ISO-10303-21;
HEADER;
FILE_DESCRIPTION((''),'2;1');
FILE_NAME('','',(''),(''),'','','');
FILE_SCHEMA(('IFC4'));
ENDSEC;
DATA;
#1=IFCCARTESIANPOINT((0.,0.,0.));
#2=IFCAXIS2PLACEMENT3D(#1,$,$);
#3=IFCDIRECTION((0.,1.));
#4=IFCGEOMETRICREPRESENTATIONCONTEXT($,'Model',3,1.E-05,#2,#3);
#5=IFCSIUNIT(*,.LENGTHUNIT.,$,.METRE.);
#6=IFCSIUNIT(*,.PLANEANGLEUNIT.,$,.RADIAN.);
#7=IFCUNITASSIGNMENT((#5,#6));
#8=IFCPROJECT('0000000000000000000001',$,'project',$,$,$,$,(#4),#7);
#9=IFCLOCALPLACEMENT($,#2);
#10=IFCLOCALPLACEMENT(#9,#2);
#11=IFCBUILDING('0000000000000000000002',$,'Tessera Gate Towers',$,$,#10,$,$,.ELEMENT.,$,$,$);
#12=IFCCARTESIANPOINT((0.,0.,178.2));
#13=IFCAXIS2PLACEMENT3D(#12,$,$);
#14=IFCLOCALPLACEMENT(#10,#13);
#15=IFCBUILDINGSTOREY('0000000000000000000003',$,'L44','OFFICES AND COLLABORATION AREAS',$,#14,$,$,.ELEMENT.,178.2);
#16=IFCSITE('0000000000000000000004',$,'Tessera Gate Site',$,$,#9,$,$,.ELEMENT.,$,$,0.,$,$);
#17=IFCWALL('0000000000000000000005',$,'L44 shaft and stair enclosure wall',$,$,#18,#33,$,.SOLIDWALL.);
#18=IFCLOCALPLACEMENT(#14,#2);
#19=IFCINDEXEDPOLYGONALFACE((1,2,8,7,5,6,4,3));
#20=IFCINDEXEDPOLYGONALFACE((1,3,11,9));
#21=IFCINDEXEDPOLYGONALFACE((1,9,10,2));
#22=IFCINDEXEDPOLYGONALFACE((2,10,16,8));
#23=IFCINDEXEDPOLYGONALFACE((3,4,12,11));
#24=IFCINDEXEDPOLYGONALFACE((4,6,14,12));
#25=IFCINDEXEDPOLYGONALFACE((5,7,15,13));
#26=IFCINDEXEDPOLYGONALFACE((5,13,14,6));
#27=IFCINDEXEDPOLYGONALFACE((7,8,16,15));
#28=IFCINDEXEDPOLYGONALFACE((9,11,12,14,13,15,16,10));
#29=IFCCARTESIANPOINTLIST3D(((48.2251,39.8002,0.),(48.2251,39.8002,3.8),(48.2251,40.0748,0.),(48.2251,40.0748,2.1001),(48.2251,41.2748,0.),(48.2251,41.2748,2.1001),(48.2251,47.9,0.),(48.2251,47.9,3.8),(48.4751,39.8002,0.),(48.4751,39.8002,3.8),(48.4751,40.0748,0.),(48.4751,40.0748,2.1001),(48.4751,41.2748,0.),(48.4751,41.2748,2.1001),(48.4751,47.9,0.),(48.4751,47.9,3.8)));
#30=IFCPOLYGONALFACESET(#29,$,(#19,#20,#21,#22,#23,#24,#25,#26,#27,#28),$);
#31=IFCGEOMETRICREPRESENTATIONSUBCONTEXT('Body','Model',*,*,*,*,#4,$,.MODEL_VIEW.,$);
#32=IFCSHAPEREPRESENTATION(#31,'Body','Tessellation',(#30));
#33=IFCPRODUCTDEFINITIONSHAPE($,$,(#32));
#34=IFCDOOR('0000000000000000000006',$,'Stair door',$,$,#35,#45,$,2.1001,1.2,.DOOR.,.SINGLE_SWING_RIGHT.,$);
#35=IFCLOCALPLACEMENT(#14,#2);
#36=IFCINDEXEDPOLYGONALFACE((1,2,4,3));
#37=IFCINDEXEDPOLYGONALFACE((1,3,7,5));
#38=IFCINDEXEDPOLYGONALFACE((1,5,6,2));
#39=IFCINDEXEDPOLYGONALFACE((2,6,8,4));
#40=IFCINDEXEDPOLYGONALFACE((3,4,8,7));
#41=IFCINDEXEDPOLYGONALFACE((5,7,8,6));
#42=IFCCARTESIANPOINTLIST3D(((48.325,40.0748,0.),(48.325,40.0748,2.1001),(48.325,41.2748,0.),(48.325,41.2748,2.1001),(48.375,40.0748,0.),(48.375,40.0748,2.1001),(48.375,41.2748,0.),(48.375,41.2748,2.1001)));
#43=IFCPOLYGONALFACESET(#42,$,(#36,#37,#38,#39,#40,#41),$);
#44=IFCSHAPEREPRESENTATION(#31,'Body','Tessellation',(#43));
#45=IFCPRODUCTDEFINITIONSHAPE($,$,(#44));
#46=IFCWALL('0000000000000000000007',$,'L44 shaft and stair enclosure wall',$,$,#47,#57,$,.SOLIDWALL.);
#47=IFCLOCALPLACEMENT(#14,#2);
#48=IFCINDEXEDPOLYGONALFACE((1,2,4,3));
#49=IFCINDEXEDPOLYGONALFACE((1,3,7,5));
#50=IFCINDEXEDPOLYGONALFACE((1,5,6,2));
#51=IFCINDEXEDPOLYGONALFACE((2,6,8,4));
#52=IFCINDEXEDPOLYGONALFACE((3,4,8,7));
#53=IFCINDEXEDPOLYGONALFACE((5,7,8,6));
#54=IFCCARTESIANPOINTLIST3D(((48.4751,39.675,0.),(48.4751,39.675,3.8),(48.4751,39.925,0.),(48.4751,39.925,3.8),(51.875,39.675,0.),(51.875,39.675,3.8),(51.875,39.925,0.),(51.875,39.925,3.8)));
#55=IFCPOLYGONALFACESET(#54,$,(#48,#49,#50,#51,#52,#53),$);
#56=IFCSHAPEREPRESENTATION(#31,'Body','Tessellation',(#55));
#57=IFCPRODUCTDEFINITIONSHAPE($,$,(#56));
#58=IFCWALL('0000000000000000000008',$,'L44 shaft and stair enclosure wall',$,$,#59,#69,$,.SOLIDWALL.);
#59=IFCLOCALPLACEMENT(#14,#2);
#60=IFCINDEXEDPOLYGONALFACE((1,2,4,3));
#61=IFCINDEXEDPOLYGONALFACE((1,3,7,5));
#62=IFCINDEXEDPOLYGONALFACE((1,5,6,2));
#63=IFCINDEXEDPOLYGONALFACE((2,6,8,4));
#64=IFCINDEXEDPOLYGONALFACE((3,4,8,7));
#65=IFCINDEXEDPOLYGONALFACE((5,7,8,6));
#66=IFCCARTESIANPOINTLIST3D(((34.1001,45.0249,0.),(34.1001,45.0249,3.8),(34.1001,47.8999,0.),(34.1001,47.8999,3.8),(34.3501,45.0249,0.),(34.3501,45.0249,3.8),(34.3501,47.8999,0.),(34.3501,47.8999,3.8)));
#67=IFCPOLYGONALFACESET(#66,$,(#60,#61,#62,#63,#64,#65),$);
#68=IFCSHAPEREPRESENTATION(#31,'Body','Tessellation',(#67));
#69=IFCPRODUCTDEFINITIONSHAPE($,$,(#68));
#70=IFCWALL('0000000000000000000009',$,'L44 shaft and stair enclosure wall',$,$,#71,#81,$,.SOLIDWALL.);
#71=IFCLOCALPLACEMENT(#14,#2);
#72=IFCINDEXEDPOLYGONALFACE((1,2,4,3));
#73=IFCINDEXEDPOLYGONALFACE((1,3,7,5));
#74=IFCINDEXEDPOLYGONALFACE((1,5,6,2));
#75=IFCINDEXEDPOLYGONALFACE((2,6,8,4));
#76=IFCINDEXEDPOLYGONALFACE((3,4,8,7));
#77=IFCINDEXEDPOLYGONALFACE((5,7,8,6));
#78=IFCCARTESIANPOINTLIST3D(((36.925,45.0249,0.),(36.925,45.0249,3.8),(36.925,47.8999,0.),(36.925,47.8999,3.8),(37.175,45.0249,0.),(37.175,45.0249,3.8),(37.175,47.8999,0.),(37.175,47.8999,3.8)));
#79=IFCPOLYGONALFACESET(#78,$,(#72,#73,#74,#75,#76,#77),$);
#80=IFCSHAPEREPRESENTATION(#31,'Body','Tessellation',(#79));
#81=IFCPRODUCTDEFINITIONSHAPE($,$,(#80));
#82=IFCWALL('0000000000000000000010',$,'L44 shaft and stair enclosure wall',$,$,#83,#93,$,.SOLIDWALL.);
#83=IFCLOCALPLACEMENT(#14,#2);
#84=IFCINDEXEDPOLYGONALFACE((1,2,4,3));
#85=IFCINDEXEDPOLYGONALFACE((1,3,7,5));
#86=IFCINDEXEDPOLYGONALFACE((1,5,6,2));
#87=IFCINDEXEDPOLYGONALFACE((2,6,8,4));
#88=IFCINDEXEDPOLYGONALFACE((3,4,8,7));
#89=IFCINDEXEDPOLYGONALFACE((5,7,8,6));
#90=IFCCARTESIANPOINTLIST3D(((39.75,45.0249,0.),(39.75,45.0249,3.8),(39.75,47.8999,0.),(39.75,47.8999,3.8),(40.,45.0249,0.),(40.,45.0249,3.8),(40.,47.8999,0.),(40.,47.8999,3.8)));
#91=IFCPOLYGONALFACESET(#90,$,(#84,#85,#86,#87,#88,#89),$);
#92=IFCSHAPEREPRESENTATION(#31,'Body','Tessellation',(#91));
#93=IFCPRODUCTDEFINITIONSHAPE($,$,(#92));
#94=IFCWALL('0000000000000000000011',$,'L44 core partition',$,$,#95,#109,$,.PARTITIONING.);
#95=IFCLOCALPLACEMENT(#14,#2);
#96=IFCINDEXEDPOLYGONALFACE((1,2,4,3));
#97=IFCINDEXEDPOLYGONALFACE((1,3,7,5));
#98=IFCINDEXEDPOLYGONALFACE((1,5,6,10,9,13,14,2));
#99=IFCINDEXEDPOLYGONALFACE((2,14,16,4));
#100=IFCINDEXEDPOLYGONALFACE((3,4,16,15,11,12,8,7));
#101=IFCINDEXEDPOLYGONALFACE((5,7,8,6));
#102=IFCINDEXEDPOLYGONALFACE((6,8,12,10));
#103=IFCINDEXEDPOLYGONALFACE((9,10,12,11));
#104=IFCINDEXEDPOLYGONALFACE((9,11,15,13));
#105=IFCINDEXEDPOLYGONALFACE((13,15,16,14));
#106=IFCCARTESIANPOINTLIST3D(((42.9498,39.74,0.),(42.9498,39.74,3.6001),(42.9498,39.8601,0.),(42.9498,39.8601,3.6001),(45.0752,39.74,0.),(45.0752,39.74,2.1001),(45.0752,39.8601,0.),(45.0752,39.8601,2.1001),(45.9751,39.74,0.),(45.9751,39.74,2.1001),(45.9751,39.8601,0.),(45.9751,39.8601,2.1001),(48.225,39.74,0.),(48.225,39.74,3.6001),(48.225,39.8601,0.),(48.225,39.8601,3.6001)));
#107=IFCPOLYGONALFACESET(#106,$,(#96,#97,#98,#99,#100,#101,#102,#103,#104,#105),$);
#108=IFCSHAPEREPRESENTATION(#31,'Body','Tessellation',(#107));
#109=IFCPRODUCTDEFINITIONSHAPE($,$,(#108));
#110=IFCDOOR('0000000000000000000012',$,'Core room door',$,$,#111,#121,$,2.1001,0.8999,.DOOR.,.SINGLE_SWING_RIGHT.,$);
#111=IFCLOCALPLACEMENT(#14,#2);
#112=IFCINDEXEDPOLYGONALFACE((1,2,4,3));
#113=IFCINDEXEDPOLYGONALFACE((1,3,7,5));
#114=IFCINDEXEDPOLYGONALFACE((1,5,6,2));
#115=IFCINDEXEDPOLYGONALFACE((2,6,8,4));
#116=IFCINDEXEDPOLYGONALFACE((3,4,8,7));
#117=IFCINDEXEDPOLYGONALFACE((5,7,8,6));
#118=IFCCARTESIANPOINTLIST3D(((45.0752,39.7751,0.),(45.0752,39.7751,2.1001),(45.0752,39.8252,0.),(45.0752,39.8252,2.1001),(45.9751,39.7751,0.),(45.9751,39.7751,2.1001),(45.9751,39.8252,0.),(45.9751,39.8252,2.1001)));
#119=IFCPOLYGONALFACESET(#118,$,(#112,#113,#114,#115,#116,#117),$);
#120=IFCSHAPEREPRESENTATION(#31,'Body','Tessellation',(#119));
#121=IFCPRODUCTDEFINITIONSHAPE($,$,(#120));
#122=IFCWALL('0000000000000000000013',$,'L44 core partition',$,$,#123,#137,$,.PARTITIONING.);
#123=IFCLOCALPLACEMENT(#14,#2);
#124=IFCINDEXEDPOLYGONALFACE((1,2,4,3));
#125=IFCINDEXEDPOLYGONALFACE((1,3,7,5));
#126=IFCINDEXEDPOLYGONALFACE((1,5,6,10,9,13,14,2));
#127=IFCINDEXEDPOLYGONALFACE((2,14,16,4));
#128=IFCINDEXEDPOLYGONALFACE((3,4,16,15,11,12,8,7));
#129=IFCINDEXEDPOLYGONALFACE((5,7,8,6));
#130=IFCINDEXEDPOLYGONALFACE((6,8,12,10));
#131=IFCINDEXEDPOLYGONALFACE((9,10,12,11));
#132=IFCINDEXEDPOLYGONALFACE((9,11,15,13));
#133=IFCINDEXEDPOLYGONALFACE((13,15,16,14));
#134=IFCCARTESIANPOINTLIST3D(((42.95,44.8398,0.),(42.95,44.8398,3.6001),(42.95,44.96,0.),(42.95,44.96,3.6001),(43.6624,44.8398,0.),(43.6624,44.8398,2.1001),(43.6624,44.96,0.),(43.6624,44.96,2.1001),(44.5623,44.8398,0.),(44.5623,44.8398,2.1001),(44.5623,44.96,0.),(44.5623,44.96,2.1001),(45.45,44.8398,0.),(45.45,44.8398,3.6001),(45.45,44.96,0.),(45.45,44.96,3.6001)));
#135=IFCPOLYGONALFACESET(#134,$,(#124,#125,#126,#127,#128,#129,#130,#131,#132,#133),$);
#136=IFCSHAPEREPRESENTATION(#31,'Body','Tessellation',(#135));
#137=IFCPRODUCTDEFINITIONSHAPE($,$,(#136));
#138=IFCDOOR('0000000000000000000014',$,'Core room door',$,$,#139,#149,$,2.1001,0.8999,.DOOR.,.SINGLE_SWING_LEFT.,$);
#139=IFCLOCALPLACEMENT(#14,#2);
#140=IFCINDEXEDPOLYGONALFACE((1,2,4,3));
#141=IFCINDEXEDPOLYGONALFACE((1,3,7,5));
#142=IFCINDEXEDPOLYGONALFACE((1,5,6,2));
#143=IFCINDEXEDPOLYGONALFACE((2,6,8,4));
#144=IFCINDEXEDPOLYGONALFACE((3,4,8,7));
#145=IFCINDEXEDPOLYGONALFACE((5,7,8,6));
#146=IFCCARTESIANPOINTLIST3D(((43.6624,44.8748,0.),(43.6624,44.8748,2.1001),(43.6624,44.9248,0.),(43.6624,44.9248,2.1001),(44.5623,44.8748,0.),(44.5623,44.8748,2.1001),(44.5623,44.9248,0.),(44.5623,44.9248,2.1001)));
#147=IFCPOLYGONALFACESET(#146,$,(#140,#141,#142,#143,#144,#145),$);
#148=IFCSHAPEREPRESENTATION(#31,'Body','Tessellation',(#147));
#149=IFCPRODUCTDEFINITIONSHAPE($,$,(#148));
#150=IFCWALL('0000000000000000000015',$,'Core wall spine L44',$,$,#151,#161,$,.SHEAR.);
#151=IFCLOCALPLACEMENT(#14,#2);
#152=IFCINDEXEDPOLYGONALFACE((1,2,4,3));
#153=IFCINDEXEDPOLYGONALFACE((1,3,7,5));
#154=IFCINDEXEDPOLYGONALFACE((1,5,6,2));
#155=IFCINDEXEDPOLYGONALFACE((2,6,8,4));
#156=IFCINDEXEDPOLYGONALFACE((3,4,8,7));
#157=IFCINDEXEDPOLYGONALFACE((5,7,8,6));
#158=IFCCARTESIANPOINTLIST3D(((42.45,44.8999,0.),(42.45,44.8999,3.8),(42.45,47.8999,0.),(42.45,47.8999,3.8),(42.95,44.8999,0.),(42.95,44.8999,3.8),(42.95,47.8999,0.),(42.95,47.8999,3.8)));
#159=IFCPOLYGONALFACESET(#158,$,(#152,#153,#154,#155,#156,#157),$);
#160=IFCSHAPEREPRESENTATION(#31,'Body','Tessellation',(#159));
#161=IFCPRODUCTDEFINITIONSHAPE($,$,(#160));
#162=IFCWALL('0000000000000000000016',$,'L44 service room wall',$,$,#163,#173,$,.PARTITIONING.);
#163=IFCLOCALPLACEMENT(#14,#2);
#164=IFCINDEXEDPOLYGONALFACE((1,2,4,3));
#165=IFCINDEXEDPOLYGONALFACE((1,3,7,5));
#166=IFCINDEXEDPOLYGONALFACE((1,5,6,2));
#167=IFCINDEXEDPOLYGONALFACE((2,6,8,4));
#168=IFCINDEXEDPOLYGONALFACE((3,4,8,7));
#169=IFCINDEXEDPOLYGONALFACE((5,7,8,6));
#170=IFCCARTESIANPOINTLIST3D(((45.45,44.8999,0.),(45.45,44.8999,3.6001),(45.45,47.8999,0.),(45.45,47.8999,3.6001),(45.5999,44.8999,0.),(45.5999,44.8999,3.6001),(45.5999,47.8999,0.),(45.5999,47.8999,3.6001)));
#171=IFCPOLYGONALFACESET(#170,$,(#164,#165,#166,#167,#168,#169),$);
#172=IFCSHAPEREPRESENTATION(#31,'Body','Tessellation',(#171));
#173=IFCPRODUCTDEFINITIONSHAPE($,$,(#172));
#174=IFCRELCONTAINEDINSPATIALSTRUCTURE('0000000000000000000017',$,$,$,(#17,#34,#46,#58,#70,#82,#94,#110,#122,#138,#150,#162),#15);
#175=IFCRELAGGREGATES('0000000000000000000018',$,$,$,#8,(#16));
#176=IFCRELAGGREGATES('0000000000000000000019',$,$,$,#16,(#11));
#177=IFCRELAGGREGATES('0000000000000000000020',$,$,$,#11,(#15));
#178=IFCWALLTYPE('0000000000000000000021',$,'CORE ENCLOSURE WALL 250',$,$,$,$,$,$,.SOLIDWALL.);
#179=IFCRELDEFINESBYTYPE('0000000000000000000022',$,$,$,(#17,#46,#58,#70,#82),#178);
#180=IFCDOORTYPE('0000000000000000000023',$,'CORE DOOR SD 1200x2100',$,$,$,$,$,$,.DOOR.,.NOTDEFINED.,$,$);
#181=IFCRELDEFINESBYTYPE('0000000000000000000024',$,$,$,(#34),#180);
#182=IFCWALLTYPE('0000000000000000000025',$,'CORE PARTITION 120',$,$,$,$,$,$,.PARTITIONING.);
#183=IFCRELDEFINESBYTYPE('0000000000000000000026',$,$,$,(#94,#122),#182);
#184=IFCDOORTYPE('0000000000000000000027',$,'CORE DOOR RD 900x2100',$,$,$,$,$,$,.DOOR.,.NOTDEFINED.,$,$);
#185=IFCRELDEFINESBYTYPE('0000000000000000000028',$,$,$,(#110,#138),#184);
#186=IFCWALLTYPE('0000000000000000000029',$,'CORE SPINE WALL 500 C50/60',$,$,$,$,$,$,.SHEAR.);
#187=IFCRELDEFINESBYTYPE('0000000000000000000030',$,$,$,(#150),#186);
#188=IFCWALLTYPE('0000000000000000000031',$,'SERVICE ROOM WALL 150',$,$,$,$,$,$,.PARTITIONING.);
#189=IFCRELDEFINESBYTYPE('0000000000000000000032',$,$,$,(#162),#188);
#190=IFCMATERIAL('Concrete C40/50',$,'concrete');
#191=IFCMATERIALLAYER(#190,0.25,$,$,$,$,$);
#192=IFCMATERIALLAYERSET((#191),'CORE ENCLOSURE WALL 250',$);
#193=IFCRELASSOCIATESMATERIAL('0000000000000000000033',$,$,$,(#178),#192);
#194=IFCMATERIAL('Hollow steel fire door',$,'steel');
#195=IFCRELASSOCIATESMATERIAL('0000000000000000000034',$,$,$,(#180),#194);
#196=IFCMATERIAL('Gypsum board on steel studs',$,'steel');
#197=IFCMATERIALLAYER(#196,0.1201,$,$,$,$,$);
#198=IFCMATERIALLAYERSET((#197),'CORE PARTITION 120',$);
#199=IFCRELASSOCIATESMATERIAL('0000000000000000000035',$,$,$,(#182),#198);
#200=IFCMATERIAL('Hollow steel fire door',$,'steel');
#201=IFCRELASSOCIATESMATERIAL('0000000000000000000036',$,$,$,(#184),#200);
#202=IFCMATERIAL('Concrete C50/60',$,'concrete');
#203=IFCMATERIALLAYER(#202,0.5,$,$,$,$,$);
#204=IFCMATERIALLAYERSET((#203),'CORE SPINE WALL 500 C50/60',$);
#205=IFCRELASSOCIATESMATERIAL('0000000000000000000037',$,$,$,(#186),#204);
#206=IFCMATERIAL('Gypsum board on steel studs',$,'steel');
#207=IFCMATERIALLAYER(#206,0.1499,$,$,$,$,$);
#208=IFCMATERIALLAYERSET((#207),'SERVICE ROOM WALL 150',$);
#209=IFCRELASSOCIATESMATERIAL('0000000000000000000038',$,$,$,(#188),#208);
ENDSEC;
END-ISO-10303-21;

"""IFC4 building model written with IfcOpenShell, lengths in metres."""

from ifc_helpers import new_model, si_unit, direction, frame, frame_2d, origin, place, context, subcontext, project, spatial, rectangle, extrude, source, transform, mapped, material, layer, layer_set, type_object, element, fill, save


model = new_model("IFC4")

# Units and contexts
model_context = context("Model", 3, precision=1e-05, world=origin(), true_north=direction((0.0, 1.0)))
body_context = subcontext(model_context, "Body", "Model", "MODEL_VIEW")
ifc_project = project(units=[si_unit("LENGTHUNIT", "METRE"), si_unit("PLANEANGLEUNIT", "RADIAN")], contexts=[model_context])

# Site, building, storey
site_placement = place(None, origin())
site = spatial("IfcSite", under=ifc_project, at=site_placement, Name="Tessera Gate Site", CompositionType="ELEMENT", RefElevation=0.0)
building_placement = place(site_placement, origin())
building = spatial("IfcBuilding", under=site, at=building_placement, Name="Tessera Gate Towers", CompositionType="ELEMENT")
storey_placement = place(building_placement, frame((0.0, 0.0, 178.2)))
storey = spatial("IfcBuildingStorey", under=building, at=storey_placement, Name="L44", Description="OFFICES AND COLLABORATION AREAS", CompositionType="ELEMENT", Elevation=178.2)

# Shared definitions
ifc_material_1 = material(Name="Concrete C40/50", Category="concrete")
ifc_layer_1 = layer(ifc_material_1, 0.25)
ifc_layer_set_1 = layer_set([ifc_layer_1], Name="CORE ENCLOSURE WALL 250")
wall_type_1 = type_object("IfcWallType", Name="CORE ENCLOSURE WALL 250", PredefinedType="SOLIDWALL", material=ifc_layer_set_1)

# Wall, opening, door
wall_1_placement = place(storey_placement, frame((48.3501, 47.8999, 0.0), z_axis=(0.0, 0.0, 1.0), x_axis=(0.0, -1.0, 0.0)))
wall_1 = element("IfcWall", 1, at=wall_1_placement, inside=storey, type_object=wall_type_1, Name="L44 shaft and stair enclosure wall", PredefinedType="SOLIDWALL", context=body_context, shape_type="SweptSolid", body=[
    extrude(rectangle(XDim=8.0999, YDim=0.25, at=frame_2d((4.0498, 0.0))), origin(), (0.0, 0.0, 1.0), 3.8),
])
shared_shape_1 = source(origin(), body_context, "Body", "SweptSolid", [
    extrude(rectangle(XDim=1.2, YDim=2.1001, at=frame_2d((0.6001, 1.05))), frame((0.0, 0.135, 0.0), z_axis=(0.0, -1.0, 0.0), x_axis=(1.0, 0.0, 0.0)), (0.0, 0.0, 1.0), 0.27),
])
opening_1_placement = place(wall_1_placement, frame((6.625, 0.0, 0.0)))
opening_1 = element("IfcOpeningElement", 2, at=opening_1_placement, cuts=wall_1, PredefinedType="OPENING", context=body_context, shape_type="MappedRepresentation", body=[
    mapped(shared_shape_1, transform((0.0, 0.0, 0.0), scale=1.0)),
])
ifc_material_2 = material(Name="Hollow steel fire door", Category="steel")
door_type_1 = type_object("IfcDoorType", Name="CORE DOOR SD 1200x2100", OperationType="NOTDEFINED", PredefinedType="DOOR", material=ifc_material_2)
shared_shape_2 = source(origin(), body_context, "Body", "SweptSolid", [
    extrude(rectangle(XDim=1.2, YDim=2.1001, at=frame_2d((0.6001, 1.05))), frame((0.0, 0.0249, 0.0), z_axis=(0.0, -1.0, 0.0), x_axis=(1.0, 0.0, 0.0)), (0.0, 0.0, 1.0), 0.05),
])
door_1_placement = place(opening_1_placement, origin())
door_1 = element("IfcDoor", 3, at=door_1_placement, inside=storey, type_object=door_type_1, Name="Stair door", OperationType="SINGLE_SWING_RIGHT", OverallHeight=2.1001, OverallWidth=1.2, PredefinedType="DOOR", context=body_context, shape_type="MappedRepresentation", body=[
    mapped(shared_shape_2, transform((0.0, 0.0, 0.0), scale=1.0)),
])
fill(opening_1, door_1)

# Walls
wall_2_placement = place(storey_placement, frame((48.4751, 39.8, 0.0), z_axis=(0.0, 0.0, 1.0), x_axis=(1.0, 0.0, 0.0)))
element("IfcWall", 4, at=wall_2_placement, inside=storey, type_object=wall_type_1, Name="L44 shaft and stair enclosure wall", PredefinedType="SOLIDWALL", context=body_context, shape_type="SweptSolid", body=[
    extrude(rectangle(XDim=3.3999, YDim=0.25, at=frame_2d((1.7, 0.0))), origin(), (0.0, 0.0, 1.0), 3.8),
])
for number, where, z_axis, x_axis, name in (
    (5, (34.2251, 45.0249, 0.0), (0.0, 0.0, 1.0), (0.0, 1.0, 0.0), "L44 shaft and stair enclosure wall"),
    (6, (37.05, 45.0249, 0.0), (0.0, 0.0, 1.0), (0.0, 1.0, 0.0), "L44 shaft and stair enclosure wall"),
    (7, (39.875, 45.0249, 0.0), (0.0, 0.0, 1.0), (0.0, 1.0, 0.0), "L44 shaft and stair enclosure wall"),
):
    element("IfcWall", number, at=place(storey_placement, frame(where, z_axis=z_axis, x_axis=x_axis)), inside=storey, type_object=wall_type_1, Name=name, PredefinedType="SOLIDWALL", context=body_context, shape_type="SweptSolid", body=[
        extrude(rectangle(XDim=2.875, YDim=0.25, at=frame_2d((1.4375, 0.0))), origin(), (0.0, 0.0, 1.0), 3.8),
    ])

# Walls, openings, doors
ifc_material_3 = material(Name="Gypsum board on steel studs", Category="steel")
ifc_layer_2 = layer(ifc_material_3, 0.1201)
ifc_layer_set_2 = layer_set([ifc_layer_2], Name="CORE PARTITION 120")
wall_type_2 = type_object("IfcWallType", Name="CORE PARTITION 120", PredefinedType="PARTITIONING", material=ifc_layer_set_2)
wall_3_placement = place(storey_placement, frame((48.2251, 39.8, 0.0), z_axis=(0.0, 0.0, 1.0), x_axis=(-1.0, 0.0, 0.0)))
wall_3 = element("IfcWall", 8, at=wall_3_placement, inside=storey, type_object=wall_type_2, Name="L44 core partition", PredefinedType="PARTITIONING", context=body_context, shape_type="SweptSolid", body=[
    extrude(rectangle(XDim=5.2751, YDim=0.1201, at=frame_2d((2.6377, 0.0))), origin(), (0.0, 0.0, 1.0), 3.6001),
])
shared_shape_3 = source(origin(), body_context, "Body", "SweptSolid", [
    extrude(rectangle(XDim=0.8999, YDim=2.1001, at=frame_2d((0.45, 1.05))), frame((0.0, 0.0701, 0.0), z_axis=(0.0, -1.0, 0.0), x_axis=(1.0, 0.0, 0.0)), (0.0, 0.0, 1.0), 0.1401),
])
opening_2_placement = place(wall_3_placement, frame((2.25, 0.0, 0.0)))
opening_2 = element("IfcOpeningElement", 9, at=opening_2_placement, cuts=wall_3, PredefinedType="OPENING", context=body_context, shape_type="MappedRepresentation", body=[
    mapped(shared_shape_3, transform((0.0, 0.0, 0.0), scale=1.0)),
])
ifc_material_4 = material(Name="Hollow steel fire door", Category="steel")
door_type_2 = type_object("IfcDoorType", Name="CORE DOOR RD 900x2100", OperationType="NOTDEFINED", PredefinedType="DOOR", material=ifc_material_4)
shared_shape_4 = source(origin(), body_context, "Body", "SweptSolid", [
    extrude(rectangle(XDim=0.8999, YDim=2.1001, at=frame_2d((0.45, 1.05))), frame((0.0, 0.0249, 0.0), z_axis=(0.0, -1.0, 0.0), x_axis=(1.0, 0.0, 0.0)), (0.0, 0.0, 1.0), 0.05),
])
door_2_placement = place(opening_2_placement, origin())
door_2 = element("IfcDoor", 10, at=door_2_placement, inside=storey, type_object=door_type_2, Name="Core room door", OperationType="SINGLE_SWING_RIGHT", OverallHeight=2.1001, OverallWidth=0.8999, PredefinedType="DOOR", context=body_context, shape_type="MappedRepresentation", body=[
    mapped(shared_shape_4, transform((0.0, 0.0, 0.0), scale=1.0)),
])
fill(opening_2, door_2)
wall_4_placement = place(storey_placement, frame((42.95, 44.8999, 0.0), z_axis=(0.0, 0.0, 1.0), x_axis=(1.0, 0.0, 0.0)))
wall_4 = element("IfcWall", 11, at=wall_4_placement, inside=storey, type_object=wall_type_2, Name="L44 core partition", PredefinedType="PARTITIONING", context=body_context, shape_type="SweptSolid", body=[
    extrude(rectangle(XDim=2.5, YDim=0.1201, at=frame_2d((1.25, 0.0))), origin(), (0.0, 0.0, 1.0), 3.6001),
])
opening_3_placement = place(wall_4_placement, frame((0.7124, 0.0, 0.0)))
opening_3 = element("IfcOpeningElement", 12, at=opening_3_placement, cuts=wall_4, PredefinedType="OPENING", context=body_context, shape_type="MappedRepresentation", body=[
    mapped(shared_shape_3, transform((0.0, 0.0, 0.0), scale=1.0)),
])
door_3_placement = place(opening_3_placement, origin())
door_3 = element("IfcDoor", 13, at=door_3_placement, inside=storey, type_object=door_type_2, Name="Core room door", OperationType="SINGLE_SWING_LEFT", OverallHeight=2.1001, OverallWidth=0.8999, PredefinedType="DOOR", context=body_context, shape_type="MappedRepresentation", body=[
    mapped(shared_shape_4, transform((0.0, 0.0, 0.0), scale=1.0)),
])
fill(opening_3, door_3)

# Walls
ifc_material_5 = material(Name="Concrete C50/60", Category="concrete")
ifc_layer_3 = layer(ifc_material_5, 0.5)
ifc_layer_set_3 = layer_set([ifc_layer_3], Name="CORE SPINE WALL 500 C50/60")
wall_type_3 = type_object("IfcWallType", Name="CORE SPINE WALL 500 C50/60", PredefinedType="SHEAR", material=ifc_layer_set_3)
wall_5_placement = place(storey_placement, frame((42.7, 44.8999, 0.0), z_axis=(0.0, 0.0, 1.0), x_axis=(0.0, 1.0, 0.0)))
element("IfcWall", 14, at=wall_5_placement, inside=storey, type_object=wall_type_3, Name="Core wall spine L44", PredefinedType="SHEAR", context=body_context, shape_type="SweptSolid", body=[
    extrude(rectangle(XDim=3.0, YDim=0.5, at=frame_2d((1.5, 0.0))), origin(), (0.0, 0.0, 1.0), 3.8),
])
ifc_material_6 = material(Name="Gypsum board on steel studs", Category="steel")
ifc_layer_4 = layer(ifc_material_6, 0.1499)
ifc_layer_set_4 = layer_set([ifc_layer_4], Name="SERVICE ROOM WALL 150")
wall_type_4 = type_object("IfcWallType", Name="SERVICE ROOM WALL 150", PredefinedType="PARTITIONING", material=ifc_layer_set_4)
wall_6_placement = place(storey_placement, frame((45.5249, 44.8999, 0.0), z_axis=(0.0, 0.0, 1.0), x_axis=(0.0, 1.0, 0.0)))
element("IfcWall", 15, at=wall_6_placement, inside=storey, type_object=wall_type_4, Name="L44 service room wall", PredefinedType="PARTITIONING", context=body_context, shape_type="SweptSolid", body=[
    extrude(rectangle(XDim=3.0, YDim=0.1499, at=frame_2d((1.5, 0.0))), origin(), (0.0, 0.0, 1.0), 3.6001),
])

save(model, "model.ifc")
